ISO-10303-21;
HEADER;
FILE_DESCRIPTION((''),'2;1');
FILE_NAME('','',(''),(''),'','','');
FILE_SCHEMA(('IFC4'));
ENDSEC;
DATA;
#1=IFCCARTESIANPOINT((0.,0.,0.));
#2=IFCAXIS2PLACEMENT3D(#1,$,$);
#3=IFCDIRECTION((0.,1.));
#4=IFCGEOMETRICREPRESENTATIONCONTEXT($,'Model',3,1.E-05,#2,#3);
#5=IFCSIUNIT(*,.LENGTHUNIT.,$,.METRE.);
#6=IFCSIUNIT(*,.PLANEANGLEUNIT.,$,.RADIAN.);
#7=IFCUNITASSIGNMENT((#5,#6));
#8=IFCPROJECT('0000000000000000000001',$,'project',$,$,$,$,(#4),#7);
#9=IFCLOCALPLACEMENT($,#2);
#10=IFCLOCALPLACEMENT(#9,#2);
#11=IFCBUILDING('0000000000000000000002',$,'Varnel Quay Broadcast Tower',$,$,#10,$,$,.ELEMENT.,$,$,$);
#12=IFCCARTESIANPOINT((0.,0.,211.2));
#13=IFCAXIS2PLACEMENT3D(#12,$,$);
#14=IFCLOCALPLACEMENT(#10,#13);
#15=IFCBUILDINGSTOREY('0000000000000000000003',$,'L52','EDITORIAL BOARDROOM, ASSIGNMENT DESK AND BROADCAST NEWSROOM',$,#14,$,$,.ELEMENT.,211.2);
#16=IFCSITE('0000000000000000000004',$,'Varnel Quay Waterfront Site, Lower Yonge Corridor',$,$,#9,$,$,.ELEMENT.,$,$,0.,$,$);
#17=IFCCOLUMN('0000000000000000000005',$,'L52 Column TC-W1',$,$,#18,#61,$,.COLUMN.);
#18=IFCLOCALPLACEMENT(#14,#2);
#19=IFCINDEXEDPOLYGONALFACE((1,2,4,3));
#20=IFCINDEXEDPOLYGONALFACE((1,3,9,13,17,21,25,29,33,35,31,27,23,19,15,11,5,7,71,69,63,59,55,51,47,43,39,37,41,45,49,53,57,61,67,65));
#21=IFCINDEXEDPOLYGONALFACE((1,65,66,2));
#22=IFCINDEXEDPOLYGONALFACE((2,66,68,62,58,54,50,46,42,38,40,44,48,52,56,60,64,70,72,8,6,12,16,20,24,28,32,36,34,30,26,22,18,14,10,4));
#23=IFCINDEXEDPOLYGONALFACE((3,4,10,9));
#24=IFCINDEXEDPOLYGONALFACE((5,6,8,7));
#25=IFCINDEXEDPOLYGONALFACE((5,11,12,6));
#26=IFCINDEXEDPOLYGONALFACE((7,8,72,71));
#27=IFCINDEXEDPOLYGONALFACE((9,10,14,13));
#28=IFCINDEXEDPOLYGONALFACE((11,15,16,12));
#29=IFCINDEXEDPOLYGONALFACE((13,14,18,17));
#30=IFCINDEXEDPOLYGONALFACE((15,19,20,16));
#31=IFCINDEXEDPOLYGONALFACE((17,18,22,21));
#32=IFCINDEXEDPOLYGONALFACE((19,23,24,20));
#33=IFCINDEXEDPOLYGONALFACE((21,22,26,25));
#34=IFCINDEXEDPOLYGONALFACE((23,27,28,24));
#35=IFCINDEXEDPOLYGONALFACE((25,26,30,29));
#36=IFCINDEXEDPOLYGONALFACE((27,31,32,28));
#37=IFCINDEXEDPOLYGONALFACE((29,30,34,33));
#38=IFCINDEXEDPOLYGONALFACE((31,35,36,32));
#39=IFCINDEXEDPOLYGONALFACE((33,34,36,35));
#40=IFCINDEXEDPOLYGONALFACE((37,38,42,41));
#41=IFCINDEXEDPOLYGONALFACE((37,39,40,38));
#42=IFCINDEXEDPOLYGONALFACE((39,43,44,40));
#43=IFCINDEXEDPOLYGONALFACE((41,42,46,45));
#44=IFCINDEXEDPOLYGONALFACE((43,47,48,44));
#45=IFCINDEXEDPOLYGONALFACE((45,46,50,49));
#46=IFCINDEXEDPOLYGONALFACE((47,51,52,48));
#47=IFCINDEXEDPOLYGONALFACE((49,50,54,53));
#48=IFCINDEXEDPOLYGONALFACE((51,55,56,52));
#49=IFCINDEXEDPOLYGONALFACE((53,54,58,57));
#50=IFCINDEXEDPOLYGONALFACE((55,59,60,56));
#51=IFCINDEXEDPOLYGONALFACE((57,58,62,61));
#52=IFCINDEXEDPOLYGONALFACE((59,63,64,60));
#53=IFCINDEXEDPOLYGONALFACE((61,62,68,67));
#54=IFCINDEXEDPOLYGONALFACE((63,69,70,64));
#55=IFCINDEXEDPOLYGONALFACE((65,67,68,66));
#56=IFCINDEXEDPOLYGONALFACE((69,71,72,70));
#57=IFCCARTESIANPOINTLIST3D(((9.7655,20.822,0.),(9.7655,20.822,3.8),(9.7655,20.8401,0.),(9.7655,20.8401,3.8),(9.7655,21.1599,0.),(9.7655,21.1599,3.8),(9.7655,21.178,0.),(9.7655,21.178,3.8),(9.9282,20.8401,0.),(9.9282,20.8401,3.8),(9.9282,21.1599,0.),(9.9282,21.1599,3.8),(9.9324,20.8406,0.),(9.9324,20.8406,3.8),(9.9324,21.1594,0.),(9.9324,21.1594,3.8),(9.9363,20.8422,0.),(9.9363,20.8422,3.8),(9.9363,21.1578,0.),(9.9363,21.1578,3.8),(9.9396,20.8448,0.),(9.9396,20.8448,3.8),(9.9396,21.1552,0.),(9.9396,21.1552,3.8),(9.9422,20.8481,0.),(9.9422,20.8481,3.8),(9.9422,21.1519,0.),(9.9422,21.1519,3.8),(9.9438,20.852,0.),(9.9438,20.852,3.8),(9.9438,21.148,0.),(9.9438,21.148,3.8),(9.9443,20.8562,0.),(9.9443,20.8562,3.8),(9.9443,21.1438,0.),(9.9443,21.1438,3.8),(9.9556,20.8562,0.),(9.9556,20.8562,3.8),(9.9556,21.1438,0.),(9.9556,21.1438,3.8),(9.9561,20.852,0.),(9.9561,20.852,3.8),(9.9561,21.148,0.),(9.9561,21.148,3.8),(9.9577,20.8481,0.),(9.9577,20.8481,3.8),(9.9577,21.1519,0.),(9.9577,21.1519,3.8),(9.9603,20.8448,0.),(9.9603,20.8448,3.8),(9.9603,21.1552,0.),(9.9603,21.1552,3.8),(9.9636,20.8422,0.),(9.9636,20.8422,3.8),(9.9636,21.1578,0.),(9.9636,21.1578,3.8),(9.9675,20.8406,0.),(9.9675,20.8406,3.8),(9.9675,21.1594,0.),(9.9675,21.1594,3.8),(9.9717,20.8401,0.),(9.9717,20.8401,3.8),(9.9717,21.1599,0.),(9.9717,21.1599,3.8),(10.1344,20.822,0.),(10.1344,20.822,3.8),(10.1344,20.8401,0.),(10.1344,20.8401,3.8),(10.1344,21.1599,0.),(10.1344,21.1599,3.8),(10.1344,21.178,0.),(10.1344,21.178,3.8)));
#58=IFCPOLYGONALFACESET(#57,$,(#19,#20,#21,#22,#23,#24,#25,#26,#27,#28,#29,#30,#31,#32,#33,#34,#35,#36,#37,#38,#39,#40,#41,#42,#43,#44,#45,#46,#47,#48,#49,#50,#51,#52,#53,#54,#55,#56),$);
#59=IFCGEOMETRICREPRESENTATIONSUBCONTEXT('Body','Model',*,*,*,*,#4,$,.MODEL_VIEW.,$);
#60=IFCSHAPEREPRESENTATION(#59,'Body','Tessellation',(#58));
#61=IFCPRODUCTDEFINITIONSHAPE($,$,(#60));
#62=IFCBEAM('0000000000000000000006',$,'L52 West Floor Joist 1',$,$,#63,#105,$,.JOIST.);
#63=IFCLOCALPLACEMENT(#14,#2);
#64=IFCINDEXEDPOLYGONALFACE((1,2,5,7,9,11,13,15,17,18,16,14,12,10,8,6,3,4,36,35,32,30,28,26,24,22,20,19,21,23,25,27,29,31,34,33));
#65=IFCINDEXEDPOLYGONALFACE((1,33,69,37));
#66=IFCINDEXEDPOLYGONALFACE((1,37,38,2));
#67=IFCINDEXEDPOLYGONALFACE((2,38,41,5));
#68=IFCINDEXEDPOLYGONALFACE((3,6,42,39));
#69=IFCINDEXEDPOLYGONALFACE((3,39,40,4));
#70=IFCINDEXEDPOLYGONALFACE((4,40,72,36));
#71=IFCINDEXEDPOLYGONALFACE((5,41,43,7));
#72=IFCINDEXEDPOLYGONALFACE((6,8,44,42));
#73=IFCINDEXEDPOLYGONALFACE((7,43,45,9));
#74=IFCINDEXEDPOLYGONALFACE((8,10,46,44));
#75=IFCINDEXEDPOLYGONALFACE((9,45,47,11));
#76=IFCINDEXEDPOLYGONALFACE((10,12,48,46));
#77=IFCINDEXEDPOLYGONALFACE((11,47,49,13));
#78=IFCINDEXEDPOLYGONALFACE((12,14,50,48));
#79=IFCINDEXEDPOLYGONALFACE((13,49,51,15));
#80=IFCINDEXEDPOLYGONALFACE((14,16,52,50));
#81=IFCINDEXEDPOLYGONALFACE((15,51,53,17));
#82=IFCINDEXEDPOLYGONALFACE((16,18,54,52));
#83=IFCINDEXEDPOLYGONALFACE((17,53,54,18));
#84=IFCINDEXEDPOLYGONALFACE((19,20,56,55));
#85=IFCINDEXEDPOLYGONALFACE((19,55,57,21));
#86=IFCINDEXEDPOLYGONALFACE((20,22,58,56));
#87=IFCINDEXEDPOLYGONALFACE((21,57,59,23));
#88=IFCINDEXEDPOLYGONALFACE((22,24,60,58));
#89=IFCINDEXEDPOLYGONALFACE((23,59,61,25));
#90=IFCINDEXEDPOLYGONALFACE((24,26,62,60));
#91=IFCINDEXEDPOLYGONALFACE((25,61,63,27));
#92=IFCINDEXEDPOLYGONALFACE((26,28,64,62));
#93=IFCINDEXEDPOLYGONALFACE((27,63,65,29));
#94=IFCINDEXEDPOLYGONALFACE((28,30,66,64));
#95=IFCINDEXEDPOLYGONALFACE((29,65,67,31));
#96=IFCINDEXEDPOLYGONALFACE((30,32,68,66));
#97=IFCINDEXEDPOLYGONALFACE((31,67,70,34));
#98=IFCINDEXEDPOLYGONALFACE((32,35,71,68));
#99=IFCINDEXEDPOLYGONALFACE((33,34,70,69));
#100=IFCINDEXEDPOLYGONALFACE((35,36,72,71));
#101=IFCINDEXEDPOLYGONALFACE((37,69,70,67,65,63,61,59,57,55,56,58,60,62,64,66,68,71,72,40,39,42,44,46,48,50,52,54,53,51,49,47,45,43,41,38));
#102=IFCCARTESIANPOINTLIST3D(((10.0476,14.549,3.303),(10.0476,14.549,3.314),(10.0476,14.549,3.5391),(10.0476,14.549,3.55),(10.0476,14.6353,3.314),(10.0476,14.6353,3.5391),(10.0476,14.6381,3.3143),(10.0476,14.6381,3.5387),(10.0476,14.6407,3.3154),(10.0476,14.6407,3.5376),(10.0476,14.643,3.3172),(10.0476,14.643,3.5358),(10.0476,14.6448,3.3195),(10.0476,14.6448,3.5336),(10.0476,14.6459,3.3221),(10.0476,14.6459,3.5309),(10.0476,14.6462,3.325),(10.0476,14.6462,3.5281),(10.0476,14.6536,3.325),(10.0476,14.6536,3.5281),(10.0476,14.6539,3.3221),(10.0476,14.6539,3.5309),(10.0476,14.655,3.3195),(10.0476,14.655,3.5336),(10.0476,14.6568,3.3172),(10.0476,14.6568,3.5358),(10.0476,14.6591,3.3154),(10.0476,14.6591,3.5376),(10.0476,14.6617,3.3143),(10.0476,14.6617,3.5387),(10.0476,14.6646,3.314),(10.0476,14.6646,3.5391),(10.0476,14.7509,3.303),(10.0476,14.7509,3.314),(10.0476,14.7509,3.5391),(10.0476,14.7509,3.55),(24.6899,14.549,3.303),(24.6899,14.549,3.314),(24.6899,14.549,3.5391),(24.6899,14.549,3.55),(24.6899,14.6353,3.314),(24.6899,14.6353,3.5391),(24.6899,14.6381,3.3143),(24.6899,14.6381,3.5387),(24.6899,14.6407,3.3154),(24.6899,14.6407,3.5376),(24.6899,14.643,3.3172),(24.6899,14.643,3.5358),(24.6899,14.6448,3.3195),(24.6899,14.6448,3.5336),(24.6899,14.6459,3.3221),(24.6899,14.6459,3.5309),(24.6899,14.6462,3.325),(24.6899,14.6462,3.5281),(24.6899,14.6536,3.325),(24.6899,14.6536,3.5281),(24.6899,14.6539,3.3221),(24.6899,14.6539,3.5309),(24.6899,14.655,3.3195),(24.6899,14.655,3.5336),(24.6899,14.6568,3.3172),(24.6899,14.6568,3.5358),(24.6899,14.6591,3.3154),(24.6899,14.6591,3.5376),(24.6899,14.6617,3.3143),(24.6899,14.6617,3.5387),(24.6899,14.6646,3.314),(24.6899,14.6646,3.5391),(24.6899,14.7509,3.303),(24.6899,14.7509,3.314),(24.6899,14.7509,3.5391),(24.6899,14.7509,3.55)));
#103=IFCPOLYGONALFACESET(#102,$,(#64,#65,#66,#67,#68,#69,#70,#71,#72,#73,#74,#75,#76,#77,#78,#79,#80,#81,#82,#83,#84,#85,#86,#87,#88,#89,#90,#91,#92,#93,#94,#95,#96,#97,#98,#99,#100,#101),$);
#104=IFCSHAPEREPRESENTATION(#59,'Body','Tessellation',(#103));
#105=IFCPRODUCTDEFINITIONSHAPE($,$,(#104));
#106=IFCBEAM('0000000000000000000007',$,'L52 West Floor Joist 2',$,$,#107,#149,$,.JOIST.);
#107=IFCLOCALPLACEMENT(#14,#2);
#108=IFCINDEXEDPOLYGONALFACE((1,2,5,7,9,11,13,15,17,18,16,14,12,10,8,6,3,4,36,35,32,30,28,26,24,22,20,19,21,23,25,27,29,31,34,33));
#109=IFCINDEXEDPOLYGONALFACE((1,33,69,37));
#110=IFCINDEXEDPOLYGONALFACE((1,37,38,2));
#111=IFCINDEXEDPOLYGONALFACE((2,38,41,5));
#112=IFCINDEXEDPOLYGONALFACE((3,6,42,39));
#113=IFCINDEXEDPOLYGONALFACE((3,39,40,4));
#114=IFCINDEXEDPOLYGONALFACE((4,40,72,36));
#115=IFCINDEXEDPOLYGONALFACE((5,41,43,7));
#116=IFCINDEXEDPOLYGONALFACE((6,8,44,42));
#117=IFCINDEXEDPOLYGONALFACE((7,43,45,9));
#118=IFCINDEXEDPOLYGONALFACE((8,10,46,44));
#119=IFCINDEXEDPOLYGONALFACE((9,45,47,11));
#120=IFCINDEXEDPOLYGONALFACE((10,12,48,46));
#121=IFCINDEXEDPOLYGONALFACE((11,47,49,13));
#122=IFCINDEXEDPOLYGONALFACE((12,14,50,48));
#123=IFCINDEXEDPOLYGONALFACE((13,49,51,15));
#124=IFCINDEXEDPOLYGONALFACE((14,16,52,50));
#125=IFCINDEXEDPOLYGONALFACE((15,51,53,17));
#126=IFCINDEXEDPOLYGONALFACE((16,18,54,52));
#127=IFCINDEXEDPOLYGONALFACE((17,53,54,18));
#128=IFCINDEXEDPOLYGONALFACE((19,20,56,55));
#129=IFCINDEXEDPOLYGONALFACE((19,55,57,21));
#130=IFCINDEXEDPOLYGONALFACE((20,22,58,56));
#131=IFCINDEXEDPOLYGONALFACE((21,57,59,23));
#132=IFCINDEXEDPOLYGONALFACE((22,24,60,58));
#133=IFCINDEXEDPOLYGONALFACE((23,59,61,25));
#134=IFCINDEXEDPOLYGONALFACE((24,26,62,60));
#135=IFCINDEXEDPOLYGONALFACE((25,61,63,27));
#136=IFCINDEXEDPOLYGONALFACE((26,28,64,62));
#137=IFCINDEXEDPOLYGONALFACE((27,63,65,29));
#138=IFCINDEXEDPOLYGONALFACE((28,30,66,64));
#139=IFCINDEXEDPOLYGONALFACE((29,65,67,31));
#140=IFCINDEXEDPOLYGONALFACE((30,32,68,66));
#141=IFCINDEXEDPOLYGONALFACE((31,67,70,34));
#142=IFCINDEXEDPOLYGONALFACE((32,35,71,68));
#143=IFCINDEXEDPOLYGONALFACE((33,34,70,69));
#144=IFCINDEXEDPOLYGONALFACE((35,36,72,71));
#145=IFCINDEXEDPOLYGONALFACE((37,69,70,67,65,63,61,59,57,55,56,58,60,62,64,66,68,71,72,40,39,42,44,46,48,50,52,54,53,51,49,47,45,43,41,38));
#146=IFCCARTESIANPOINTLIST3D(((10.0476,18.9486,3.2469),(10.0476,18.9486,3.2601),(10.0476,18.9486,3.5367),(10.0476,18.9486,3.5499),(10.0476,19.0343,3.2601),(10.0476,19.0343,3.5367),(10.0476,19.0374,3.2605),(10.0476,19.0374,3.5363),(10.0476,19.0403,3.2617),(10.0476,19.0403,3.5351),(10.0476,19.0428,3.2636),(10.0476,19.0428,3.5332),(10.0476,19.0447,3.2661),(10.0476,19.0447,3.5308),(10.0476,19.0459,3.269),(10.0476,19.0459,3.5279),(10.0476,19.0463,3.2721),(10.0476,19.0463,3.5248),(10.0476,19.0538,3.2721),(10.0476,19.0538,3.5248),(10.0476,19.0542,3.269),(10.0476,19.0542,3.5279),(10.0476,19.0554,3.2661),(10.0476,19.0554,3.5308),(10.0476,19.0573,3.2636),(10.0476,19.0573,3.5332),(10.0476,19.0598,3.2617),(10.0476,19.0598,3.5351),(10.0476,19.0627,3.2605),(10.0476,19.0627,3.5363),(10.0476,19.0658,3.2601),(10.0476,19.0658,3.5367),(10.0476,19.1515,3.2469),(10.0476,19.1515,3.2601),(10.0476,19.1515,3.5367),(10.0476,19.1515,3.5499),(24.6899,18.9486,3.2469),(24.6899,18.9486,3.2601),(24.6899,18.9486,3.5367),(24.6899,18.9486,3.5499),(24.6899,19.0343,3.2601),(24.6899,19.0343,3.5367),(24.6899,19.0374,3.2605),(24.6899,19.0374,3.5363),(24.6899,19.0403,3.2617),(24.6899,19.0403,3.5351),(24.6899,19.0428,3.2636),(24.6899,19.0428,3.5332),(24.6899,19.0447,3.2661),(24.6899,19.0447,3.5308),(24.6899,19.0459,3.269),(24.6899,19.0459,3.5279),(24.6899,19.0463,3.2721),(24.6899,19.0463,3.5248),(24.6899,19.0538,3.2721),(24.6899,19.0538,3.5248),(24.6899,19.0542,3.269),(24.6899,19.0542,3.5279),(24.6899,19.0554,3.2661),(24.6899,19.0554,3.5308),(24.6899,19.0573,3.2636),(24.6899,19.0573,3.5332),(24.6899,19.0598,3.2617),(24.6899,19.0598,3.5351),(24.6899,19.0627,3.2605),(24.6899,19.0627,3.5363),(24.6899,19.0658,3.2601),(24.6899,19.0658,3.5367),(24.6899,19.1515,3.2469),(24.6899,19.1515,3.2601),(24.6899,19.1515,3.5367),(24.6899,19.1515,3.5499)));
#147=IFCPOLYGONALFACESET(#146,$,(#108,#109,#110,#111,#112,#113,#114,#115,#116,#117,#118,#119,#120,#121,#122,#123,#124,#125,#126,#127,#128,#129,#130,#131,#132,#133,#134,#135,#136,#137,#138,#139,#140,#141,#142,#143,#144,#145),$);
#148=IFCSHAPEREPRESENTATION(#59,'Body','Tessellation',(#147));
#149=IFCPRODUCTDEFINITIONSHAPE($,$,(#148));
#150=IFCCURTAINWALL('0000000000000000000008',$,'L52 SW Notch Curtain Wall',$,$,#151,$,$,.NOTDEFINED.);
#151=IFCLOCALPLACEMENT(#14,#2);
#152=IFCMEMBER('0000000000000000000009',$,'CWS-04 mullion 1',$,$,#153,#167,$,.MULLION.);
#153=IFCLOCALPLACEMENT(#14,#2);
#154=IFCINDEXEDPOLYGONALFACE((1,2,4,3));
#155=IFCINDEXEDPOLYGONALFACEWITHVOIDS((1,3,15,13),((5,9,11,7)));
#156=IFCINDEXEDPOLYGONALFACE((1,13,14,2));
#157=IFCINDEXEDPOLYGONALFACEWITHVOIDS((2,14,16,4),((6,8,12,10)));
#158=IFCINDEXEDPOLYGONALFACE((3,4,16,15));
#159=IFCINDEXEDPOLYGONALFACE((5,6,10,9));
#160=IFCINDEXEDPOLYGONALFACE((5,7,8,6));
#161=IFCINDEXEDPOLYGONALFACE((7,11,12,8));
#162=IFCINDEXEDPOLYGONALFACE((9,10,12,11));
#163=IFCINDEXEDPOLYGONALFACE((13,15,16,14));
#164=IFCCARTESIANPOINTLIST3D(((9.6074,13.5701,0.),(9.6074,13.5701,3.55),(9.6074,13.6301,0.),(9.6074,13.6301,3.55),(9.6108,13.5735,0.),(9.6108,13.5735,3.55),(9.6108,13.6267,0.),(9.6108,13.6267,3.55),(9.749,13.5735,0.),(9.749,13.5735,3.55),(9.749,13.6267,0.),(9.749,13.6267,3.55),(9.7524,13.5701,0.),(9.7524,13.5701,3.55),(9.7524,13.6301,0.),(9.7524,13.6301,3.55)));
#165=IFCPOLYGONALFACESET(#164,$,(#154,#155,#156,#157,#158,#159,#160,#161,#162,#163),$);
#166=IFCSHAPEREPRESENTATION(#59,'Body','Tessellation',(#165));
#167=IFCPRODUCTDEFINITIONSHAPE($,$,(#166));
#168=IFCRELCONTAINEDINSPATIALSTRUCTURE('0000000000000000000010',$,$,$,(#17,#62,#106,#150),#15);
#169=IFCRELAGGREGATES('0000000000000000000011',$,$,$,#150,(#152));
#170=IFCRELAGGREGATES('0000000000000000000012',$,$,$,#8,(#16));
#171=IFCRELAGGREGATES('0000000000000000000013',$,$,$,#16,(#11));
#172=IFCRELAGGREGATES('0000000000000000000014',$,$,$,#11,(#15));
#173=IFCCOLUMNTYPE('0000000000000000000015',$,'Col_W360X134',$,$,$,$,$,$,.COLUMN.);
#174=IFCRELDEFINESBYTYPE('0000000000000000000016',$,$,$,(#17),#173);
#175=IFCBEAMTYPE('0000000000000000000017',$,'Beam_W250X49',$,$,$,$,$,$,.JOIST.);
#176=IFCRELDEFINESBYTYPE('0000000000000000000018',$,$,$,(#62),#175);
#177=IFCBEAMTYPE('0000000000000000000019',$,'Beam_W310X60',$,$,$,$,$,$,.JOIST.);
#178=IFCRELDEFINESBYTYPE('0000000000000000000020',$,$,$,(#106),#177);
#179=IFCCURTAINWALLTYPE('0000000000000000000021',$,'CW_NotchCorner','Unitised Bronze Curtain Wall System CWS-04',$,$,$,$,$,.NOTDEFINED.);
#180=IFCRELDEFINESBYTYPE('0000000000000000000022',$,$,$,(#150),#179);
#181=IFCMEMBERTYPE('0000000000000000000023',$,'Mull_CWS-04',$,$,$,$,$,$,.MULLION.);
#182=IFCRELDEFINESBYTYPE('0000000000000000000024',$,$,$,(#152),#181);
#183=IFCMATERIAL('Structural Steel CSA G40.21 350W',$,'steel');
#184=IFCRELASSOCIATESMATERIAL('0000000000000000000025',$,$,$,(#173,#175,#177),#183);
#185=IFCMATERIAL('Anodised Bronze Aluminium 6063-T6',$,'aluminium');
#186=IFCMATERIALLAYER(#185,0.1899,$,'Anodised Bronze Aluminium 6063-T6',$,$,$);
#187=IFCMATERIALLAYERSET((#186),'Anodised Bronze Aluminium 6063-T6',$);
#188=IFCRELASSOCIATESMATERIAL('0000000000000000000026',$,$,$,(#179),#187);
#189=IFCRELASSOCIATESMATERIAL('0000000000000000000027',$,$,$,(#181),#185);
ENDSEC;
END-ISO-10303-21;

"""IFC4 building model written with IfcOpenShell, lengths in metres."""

from ifc_helpers import new_model, si_unit, direction, frame, origin, origin_2d, place, context, subcontext, project, spatial, hollow_rectangle, i_section, extrude, source, transform, mapped, material, layer, layer_set, material_profile, profile_set, type_object, type_shapes, element, aggregate, save


model = new_model("IFC4")

# Units and contexts
model_context = context("Model", 3, precision=1e-05, world=origin(), true_north=direction((0.0, 1.0)))
body_context = subcontext(model_context, "Body", "Model", "MODEL_VIEW")
ifc_project = project(units=[si_unit("LENGTHUNIT", "METRE"), si_unit("PLANEANGLEUNIT", "RADIAN")], contexts=[model_context])

# Site, building, storey
site_placement = place(None, origin())
site = spatial("IfcSite", under=ifc_project, at=site_placement, Name="Varnel Quay Waterfront Site, Lower Yonge Corridor", CompositionType="ELEMENT", RefElevation=0.0)
building_placement = place(site_placement, origin())
building = spatial("IfcBuilding", under=site, at=building_placement, Name="Varnel Quay Broadcast Tower", CompositionType="ELEMENT")
storey_placement = place(building_placement, frame((0.0, 0.0, 211.2)))
storey = spatial("IfcBuildingStorey", under=building, at=storey_placement, Name="L52", Description="EDITORIAL BOARDROOM, ASSIGNMENT DESK AND BROADCAST NEWSROOM", CompositionType="ELEMENT", Elevation=211.2)

# Column
ifc_material_1 = material(Name="Structural Steel CSA G40.21 350W", Category="steel")
ifc_material_profile_1 = material_profile(ifc_material_1, i_section(OverallWidth=0.3689, OverallDepth=0.356, WebThickness=0.0112, FlangeThickness=0.0181, FilletRadius=0.0161, at=origin_2d()), Name="W360X134")
ifc_profile_set_1 = profile_set([ifc_material_profile_1], Name="Structural Steel CSA G40.21 350W")
column_type = type_object("IfcColumnType", Name="Col_W360X134", PredefinedType="COLUMN", material=ifc_profile_set_1)
shared_shape_1 = source(origin(), body_context, "Body", "SweptSolid", [
    extrude(i_section(OverallWidth=0.3689, OverallDepth=0.356, WebThickness=0.0112, FlangeThickness=0.0181, FilletRadius=0.0161, at=origin_2d()), origin(), (0.0, 0.0, 1.0), 3.8),
])
type_shapes(column_type, [shared_shape_1])
column_placement = place(storey_placement, frame((9.95, 21.0, 0.0), z_axis=(0.0, 0.0, 1.0), x_axis=(1.0, 0.0, 0.0)))
element("IfcColumn", 1, at=column_placement, inside=storey, type_object=column_type, Name="L52 Column TC-W1", PredefinedType="COLUMN", context=body_context, shape_type="MappedRepresentation", body=[
    mapped(shared_shape_1, transform((0.0, 0.0, 0.0), x_axis=(1.0, 0.0, 0.0), y_axis=(0.0, 1.0, 0.0), z_axis=(0.0, 0.0, 1.0), scale=1.0)),
])

# Beams
ifc_material_profile_2 = material_profile(ifc_material_1, i_section(OverallWidth=0.2019, OverallDepth=0.2471, WebThickness=0.0073, FlangeThickness=0.011, FilletRadius=0.011, at=origin_2d()), Name="W250X49")
ifc_profile_set_2 = profile_set([ifc_material_profile_2], Name="Structural Steel CSA G40.21 350W")
beam_type_1 = type_object("IfcBeamType", Name="Beam_W250X49", PredefinedType="JOIST", material=ifc_profile_set_2)
shared_shape_2 = source(origin(), body_context, "Body", "SweptSolid", [
    extrude(i_section(OverallWidth=0.2019, OverallDepth=0.2471, WebThickness=0.0073, FlangeThickness=0.011, FilletRadius=0.011, at=origin_2d()), origin(), (0.0, 0.0, 1.0), 14.6423),
])
type_shapes(beam_type_1, [shared_shape_2])
beam_1_placement = place(storey_placement, frame((10.0476, 14.6499, 3.4265), z_axis=(1.0, 0.0, 0.0), x_axis=(0.0, 1.0, 0.0)))
element("IfcBeam", 2, at=beam_1_placement, inside=storey, type_object=beam_type_1, Name="L52 West Floor Joist 1", PredefinedType="JOIST", context=body_context, shape_type="MappedRepresentation", body=[
    mapped(shared_shape_2, transform((0.0, 0.0, 0.0), x_axis=(1.0, 0.0, 0.0), y_axis=(0.0, 1.0, 0.0), z_axis=(0.0, 0.0, 1.0), scale=1.0)),
])
ifc_material_profile_3 = material_profile(ifc_material_1, i_section(OverallWidth=0.2029, OverallDepth=0.303, WebThickness=0.0076, FlangeThickness=0.0132, FilletRadius=0.012, at=origin_2d()), Name="W310X60")
ifc_profile_set_3 = profile_set([ifc_material_profile_3], Name="Structural Steel CSA G40.21 350W")
beam_type_2 = type_object("IfcBeamType", Name="Beam_W310X60", PredefinedType="JOIST", material=ifc_profile_set_3)
shared_shape_3 = source(origin(), body_context, "Body", "SweptSolid", [
    extrude(i_section(OverallWidth=0.2029, OverallDepth=0.303, WebThickness=0.0076, FlangeThickness=0.0132, FilletRadius=0.012, at=origin_2d()), origin(), (0.0, 0.0, 1.0), 14.6423),
])
type_shapes(beam_type_2, [shared_shape_3])
beam_2_placement = place(storey_placement, frame((10.0476, 19.05, 3.3984), z_axis=(1.0, 0.0, 0.0), x_axis=(0.0, 1.0, 0.0)))
element("IfcBeam", 3, at=beam_2_placement, inside=storey, type_object=beam_type_2, Name="L52 West Floor Joist 2", PredefinedType="JOIST", context=body_context, shape_type="MappedRepresentation", body=[
    mapped(shared_shape_3, transform((0.0, 0.0, 0.0), x_axis=(1.0, 0.0, 0.0), y_axis=(0.0, 1.0, 0.0), z_axis=(0.0, 0.0, 1.0), scale=1.0)),
])

# Curtain wall, member
ifc_material_2 = material(Name="Anodised Bronze Aluminium 6063-T6", Category="aluminium")
ifc_layer_1 = layer(ifc_material_2, 0.1899, Name="Anodised Bronze Aluminium 6063-T6")
ifc_layer_set_1 = layer_set([ifc_layer_1], Name="Anodised Bronze Aluminium 6063-T6")
curtain_wall_type_1 = type_object("IfcCurtainWallType", Name="CW_NotchCorner", Description="Unitised Bronze Curtain Wall System CWS-04", PredefinedType="NOTDEFINED", material=ifc_layer_set_1)
curtain_wall_1_placement = place(storey_placement, origin())
curtain_wall_1 = element("IfcCurtainWall", 4, at=curtain_wall_1_placement, inside=storey, type_object=curtain_wall_type_1, Name="L52 SW Notch Curtain Wall", PredefinedType="NOTDEFINED")
ifc_material_profile_4 = material_profile(ifc_material_2, hollow_rectangle(XDim=0.0601, YDim=0.145, WallThickness=0.0034, at=origin_2d()), Name="ALU60X145X3.5")
ifc_profile_set_4 = profile_set([ifc_material_profile_4], Name="Anodised Bronze Aluminium 6063-T6")
member_type_1 = type_object("IfcMemberType", Name="Mull_CWS-04", PredefinedType="MULLION", material=ifc_profile_set_4)
shared_shape_4 = source(origin(), body_context, "Body", "SweptSolid", [
    extrude(hollow_rectangle(XDim=0.0601, YDim=0.145, WallThickness=0.0034, at=origin_2d()), origin(), (0.0, 0.0, 1.0), 3.55),
])
type_shapes(member_type_1, [shared_shape_4])
member_1_placement = place(storey_placement, frame((9.6799, 13.6001, 0.0), z_axis=(0.0, 0.0, 1.0), x_axis=(0.0, 1.0, 0.0)))
member_1 = element("IfcMember", 5, at=member_1_placement, type_object=member_type_1, Name="CWS-04 mullion 1", PredefinedType="MULLION", context=body_context, shape_type="MappedRepresentation", body=[
    mapped(shared_shape_4, transform((0.0, 0.0, 0.0), x_axis=(1.0, 0.0, 0.0), y_axis=(0.0, 1.0, 0.0), z_axis=(0.0, 0.0, 1.0), scale=1.0)),
])

aggregate(curtain_wall_1, [member_1])

save(model, "model.ifc")
